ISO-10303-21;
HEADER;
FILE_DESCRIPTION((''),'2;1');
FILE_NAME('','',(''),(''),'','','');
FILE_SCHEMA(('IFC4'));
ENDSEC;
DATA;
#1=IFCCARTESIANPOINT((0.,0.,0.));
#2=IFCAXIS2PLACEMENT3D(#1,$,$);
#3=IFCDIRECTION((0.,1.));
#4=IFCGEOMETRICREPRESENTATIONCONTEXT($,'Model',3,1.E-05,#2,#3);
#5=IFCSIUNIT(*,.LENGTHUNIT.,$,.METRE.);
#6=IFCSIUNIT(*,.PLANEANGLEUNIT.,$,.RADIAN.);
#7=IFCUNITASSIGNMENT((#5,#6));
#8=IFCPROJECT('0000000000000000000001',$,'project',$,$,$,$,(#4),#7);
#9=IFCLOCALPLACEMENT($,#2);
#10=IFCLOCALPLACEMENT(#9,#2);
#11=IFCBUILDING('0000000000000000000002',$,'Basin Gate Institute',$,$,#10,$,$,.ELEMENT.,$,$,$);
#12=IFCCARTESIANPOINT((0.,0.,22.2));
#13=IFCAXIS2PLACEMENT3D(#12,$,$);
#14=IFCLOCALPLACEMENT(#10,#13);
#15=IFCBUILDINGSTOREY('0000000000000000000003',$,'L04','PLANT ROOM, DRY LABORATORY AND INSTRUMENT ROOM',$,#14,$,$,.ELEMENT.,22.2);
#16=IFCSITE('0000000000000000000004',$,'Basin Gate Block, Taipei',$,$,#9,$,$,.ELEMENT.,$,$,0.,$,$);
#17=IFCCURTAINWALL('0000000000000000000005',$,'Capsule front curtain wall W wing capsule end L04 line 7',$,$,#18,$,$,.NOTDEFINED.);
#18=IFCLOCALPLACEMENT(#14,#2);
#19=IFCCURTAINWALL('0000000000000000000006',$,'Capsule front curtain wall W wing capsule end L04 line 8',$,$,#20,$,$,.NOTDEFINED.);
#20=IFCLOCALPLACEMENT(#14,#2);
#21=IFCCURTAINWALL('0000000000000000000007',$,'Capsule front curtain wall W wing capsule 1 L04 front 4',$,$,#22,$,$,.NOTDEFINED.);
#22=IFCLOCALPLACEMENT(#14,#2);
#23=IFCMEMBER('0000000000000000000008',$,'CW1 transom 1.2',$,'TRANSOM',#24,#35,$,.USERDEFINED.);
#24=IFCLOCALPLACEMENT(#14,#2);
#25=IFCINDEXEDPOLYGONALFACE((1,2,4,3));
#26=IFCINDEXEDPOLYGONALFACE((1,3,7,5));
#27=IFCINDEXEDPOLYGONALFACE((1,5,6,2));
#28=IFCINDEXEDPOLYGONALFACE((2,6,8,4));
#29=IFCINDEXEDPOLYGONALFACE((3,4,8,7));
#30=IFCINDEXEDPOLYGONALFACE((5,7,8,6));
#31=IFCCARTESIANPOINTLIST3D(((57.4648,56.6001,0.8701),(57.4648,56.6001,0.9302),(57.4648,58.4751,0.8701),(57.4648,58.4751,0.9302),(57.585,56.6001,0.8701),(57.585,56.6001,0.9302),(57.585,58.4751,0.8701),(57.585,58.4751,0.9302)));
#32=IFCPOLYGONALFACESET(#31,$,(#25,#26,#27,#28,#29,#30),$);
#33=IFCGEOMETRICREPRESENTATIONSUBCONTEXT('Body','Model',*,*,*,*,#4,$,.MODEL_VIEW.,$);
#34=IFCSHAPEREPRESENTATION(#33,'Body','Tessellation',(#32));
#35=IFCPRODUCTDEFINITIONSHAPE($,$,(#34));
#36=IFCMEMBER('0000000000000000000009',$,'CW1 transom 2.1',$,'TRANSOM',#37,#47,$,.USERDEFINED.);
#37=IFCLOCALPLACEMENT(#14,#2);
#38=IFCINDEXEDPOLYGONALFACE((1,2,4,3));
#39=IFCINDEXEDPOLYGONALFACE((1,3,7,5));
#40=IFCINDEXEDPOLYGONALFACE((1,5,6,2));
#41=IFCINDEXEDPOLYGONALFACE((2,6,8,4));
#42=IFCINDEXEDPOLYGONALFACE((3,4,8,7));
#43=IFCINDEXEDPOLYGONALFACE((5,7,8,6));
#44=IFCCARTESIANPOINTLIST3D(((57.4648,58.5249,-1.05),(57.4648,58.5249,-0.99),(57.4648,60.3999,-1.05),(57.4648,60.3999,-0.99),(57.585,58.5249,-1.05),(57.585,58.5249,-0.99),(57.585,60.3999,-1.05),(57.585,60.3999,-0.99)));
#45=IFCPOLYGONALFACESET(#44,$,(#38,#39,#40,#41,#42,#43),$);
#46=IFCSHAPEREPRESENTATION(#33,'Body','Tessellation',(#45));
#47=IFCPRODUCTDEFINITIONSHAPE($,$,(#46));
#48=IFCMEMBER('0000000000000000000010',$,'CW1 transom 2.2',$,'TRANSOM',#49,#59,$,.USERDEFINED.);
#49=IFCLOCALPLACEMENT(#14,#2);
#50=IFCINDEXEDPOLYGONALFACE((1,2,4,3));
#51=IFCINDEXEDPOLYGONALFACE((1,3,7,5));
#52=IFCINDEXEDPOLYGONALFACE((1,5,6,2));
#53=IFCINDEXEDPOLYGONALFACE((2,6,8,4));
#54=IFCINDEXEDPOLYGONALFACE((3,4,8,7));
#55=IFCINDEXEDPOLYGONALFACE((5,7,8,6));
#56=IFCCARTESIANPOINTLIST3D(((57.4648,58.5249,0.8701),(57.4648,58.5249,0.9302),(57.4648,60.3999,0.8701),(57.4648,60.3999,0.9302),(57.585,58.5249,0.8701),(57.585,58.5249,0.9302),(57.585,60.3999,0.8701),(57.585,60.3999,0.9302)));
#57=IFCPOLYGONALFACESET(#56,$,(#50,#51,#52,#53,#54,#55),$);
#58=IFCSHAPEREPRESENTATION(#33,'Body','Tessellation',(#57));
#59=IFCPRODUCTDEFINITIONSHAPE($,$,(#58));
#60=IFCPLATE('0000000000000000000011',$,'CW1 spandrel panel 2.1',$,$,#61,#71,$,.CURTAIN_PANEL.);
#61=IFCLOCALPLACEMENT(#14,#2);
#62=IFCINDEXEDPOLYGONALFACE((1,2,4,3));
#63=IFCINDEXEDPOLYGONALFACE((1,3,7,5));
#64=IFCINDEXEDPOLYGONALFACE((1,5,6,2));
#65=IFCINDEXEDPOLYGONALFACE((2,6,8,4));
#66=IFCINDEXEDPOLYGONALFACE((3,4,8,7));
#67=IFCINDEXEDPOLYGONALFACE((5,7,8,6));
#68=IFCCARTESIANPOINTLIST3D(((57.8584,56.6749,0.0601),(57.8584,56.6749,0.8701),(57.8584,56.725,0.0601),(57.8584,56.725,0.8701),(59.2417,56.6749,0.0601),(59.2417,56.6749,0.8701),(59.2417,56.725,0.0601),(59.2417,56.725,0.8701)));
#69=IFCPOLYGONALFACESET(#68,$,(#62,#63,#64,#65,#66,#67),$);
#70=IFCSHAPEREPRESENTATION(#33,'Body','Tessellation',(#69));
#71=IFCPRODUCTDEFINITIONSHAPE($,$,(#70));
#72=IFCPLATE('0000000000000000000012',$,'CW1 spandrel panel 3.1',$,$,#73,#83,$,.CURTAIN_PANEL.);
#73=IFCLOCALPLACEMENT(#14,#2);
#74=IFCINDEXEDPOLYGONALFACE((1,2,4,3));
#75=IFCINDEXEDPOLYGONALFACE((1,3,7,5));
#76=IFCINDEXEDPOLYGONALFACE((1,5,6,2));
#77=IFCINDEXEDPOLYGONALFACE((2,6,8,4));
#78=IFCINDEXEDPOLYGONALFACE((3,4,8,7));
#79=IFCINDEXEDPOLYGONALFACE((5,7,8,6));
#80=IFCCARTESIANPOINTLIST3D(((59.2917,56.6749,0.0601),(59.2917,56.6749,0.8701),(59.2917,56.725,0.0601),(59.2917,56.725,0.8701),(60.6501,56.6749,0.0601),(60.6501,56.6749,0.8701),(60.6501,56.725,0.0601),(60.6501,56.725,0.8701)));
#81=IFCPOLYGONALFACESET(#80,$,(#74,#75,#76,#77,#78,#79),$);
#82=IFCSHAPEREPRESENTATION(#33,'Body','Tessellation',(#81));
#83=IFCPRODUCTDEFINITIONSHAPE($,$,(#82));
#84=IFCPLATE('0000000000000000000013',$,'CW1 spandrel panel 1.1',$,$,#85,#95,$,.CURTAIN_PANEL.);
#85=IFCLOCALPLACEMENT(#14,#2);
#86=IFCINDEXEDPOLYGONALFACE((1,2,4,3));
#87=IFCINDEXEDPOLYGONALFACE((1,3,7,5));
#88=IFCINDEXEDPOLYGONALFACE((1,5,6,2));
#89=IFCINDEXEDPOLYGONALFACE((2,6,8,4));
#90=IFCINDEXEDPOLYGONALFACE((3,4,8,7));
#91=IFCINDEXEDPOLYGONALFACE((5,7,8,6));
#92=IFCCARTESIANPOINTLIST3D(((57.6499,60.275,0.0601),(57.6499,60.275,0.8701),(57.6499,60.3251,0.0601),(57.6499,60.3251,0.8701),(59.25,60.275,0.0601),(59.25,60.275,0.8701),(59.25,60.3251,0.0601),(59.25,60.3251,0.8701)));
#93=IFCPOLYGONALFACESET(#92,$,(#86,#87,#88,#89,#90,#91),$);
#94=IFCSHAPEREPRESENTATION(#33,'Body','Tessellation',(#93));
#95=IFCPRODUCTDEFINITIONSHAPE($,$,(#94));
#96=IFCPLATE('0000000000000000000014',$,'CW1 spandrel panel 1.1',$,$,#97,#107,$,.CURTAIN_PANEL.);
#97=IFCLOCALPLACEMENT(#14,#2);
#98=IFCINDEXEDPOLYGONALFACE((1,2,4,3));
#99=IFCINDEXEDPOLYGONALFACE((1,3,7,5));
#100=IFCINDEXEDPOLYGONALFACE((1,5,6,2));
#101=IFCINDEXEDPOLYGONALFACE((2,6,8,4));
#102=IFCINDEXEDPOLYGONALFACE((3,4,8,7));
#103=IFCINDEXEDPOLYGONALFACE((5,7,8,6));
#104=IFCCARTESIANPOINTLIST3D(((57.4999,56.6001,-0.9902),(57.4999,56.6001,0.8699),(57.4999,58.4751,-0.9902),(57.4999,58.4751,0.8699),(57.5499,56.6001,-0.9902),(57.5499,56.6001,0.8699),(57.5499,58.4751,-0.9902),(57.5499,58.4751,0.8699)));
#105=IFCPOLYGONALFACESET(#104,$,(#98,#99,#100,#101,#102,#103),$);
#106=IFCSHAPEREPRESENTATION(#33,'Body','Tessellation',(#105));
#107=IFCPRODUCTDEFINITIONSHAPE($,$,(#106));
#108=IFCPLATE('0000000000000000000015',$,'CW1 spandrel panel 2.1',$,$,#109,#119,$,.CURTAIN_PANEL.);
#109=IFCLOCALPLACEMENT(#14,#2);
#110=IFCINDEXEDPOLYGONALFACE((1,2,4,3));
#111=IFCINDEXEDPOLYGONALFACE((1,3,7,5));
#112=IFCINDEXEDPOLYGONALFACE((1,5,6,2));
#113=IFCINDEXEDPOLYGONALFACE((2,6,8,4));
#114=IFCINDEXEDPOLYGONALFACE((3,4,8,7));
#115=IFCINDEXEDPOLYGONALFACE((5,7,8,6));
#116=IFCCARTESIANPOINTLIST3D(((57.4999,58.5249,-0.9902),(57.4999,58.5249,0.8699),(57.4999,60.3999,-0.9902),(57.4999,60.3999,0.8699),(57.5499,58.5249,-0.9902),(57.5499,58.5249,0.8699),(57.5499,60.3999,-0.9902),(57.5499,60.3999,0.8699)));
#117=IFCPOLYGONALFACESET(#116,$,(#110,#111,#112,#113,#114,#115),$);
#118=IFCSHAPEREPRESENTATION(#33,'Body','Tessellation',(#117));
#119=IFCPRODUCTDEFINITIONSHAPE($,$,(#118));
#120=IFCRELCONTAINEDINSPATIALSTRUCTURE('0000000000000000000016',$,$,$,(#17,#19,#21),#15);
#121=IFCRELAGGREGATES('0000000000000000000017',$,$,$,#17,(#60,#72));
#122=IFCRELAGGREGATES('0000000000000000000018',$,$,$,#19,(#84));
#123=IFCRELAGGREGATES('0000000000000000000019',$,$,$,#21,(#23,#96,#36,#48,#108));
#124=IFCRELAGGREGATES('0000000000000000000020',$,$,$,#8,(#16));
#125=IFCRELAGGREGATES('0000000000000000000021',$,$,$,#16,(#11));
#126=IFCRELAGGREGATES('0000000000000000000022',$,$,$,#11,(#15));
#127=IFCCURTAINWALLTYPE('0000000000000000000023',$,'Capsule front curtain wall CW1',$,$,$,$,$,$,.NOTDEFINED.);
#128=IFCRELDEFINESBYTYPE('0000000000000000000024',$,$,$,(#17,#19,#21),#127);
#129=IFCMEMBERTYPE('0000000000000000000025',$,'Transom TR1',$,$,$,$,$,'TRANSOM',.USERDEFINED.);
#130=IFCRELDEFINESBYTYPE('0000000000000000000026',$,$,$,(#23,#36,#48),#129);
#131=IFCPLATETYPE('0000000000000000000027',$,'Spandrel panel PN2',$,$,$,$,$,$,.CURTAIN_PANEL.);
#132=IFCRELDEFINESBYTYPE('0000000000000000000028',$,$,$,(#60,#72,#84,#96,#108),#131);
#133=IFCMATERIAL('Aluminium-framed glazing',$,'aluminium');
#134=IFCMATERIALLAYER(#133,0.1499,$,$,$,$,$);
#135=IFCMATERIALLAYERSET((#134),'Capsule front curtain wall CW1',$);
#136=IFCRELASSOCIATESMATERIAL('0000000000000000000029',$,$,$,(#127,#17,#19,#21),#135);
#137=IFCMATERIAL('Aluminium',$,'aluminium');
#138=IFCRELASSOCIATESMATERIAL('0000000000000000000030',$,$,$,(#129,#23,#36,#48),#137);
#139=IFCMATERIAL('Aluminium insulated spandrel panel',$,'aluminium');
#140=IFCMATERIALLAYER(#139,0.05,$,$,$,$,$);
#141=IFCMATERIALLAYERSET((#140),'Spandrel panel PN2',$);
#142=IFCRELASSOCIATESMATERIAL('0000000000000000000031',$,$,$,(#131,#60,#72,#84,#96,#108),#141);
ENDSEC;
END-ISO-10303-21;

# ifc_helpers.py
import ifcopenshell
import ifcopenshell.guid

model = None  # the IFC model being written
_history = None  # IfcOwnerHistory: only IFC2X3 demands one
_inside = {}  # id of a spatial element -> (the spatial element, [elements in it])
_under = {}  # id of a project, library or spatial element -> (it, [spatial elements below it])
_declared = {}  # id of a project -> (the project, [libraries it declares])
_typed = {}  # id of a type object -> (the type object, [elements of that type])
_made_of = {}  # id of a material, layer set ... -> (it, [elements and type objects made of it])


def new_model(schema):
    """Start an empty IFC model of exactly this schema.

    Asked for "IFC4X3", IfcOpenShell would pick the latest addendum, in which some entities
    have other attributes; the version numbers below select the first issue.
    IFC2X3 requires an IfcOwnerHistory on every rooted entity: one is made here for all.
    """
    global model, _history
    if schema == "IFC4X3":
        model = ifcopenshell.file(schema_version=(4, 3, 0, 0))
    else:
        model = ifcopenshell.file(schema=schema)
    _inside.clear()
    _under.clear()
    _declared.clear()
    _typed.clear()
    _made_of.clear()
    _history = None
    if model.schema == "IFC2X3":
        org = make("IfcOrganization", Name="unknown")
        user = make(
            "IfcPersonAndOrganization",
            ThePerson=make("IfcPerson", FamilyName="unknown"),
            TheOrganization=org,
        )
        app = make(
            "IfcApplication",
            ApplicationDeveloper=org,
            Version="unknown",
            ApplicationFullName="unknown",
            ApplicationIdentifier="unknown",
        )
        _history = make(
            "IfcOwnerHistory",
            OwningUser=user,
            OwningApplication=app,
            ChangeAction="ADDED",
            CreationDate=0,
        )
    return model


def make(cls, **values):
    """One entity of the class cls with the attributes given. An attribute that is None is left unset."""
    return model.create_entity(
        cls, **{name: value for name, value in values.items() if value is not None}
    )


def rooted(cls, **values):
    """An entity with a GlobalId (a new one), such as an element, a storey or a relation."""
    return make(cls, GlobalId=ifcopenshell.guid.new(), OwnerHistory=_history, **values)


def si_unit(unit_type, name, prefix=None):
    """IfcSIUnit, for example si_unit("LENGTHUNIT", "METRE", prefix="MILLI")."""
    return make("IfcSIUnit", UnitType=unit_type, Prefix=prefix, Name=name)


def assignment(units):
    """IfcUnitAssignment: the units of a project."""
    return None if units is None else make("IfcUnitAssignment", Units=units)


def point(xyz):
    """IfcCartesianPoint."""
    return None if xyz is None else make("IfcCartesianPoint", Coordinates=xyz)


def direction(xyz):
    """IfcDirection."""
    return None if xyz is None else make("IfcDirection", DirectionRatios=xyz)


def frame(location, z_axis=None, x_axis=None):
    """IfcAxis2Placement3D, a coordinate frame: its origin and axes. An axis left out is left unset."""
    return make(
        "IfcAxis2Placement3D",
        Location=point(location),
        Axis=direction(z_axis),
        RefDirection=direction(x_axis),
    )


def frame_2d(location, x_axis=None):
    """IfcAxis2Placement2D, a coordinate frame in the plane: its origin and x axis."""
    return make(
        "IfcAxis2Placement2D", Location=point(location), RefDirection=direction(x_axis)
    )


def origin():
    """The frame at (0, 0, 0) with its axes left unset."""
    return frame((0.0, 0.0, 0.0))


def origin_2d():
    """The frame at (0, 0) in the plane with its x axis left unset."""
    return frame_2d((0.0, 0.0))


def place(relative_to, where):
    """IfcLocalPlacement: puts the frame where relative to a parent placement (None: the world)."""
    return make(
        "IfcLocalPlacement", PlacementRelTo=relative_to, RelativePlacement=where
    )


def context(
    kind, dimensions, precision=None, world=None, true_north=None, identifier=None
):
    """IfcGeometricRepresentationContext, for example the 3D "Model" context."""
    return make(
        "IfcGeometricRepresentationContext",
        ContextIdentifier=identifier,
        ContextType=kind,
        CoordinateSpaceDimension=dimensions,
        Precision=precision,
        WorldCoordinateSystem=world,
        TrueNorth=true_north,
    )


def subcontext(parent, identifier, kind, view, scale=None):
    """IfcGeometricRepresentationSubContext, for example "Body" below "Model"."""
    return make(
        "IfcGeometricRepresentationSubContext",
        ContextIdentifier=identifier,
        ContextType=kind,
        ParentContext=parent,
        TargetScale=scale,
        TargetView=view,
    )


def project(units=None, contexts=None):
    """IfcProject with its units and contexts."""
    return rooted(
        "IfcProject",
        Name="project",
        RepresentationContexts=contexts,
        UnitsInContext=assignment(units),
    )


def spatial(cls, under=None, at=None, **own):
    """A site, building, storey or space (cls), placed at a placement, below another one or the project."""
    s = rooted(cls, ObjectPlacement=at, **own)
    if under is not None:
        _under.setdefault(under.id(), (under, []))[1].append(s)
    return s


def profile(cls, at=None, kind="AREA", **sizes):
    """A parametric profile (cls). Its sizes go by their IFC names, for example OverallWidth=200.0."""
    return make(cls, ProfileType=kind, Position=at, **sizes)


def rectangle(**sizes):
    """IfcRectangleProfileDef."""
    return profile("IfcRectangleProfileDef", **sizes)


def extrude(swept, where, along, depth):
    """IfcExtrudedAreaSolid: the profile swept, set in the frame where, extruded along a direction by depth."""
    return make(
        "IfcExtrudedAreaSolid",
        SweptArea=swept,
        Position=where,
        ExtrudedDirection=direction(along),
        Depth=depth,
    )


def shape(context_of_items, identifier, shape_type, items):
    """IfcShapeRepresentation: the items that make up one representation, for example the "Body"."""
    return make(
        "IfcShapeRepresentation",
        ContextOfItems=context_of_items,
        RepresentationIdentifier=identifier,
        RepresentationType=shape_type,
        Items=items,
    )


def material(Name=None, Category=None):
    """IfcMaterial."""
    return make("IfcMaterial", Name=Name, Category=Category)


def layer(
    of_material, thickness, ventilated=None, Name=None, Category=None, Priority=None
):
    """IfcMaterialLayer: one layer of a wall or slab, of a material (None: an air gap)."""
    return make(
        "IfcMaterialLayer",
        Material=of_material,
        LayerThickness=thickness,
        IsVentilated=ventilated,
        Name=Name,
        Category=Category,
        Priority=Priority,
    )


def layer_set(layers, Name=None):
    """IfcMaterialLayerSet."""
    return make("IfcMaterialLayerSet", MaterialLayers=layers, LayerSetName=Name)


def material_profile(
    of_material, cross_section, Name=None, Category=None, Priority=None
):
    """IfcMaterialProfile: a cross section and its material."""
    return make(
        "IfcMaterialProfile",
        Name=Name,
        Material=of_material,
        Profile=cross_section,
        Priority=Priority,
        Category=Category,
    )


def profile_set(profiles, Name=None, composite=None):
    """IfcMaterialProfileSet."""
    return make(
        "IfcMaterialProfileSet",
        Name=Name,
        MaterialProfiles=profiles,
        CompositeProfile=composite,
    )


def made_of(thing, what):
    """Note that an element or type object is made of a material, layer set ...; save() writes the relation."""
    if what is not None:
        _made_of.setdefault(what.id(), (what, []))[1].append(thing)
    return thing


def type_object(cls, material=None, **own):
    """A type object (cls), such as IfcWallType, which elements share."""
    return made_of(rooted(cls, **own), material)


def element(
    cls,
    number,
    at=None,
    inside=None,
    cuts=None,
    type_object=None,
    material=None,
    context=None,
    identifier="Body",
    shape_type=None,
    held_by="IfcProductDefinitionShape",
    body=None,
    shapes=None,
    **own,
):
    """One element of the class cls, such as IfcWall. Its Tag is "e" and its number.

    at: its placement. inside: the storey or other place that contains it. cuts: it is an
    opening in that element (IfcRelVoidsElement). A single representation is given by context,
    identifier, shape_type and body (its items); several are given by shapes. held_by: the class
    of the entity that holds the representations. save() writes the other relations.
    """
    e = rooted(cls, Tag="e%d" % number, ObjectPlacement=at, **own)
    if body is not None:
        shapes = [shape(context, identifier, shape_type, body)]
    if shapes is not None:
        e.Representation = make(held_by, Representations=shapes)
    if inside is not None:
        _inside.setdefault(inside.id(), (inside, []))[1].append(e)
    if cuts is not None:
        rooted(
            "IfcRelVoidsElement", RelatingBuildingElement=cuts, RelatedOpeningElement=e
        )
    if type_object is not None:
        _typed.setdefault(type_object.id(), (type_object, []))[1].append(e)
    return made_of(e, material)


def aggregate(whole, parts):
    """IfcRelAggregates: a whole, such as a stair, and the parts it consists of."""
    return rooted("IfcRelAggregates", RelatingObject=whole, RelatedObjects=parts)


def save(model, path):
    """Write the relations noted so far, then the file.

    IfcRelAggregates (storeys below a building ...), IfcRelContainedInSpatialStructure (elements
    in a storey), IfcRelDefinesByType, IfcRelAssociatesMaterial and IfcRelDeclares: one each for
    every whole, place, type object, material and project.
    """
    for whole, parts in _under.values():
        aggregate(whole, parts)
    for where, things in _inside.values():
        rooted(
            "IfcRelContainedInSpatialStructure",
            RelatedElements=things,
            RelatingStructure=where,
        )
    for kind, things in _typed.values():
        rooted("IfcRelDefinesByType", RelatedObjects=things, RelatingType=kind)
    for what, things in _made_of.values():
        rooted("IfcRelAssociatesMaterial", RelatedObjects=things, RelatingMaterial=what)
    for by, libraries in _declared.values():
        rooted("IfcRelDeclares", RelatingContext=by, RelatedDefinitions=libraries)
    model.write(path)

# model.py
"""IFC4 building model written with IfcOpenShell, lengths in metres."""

from ifc_helpers import new_model, si_unit, direction, frame, origin, origin_2d, place, context, subcontext, project, spatial, rectangle, extrude, material, layer, layer_set, material_profile, profile_set, type_object, element, aggregate, save


model = new_model("IFC4")

# Units and contexts
model_context = context("Model", 3, precision=1e-05, world=origin(), true_north=direction((0.0, 1.0)))
body_context = subcontext(model_context, "Body", "Model", "MODEL_VIEW")
ifc_project = project(units=[si_unit("LENGTHUNIT", "METRE"), si_unit("PLANEANGLEUNIT", "RADIAN")], contexts=[model_context])

# Site, building, storey
site_placement = place(None, origin())
site = spatial("IfcSite", under=ifc_project, at=site_placement, Name="Basin Gate Block, Taipei", CompositionType="ELEMENT", RefElevation=0.0)
building_placement = place(site_placement, origin())
building = spatial("IfcBuilding", under=site, at=building_placement, Name="Basin Gate Institute", CompositionType="ELEMENT")
storey_placement = place(building_placement, frame((0.0, 0.0, 22.2)))
storey = spatial("IfcBuildingStorey", under=building, at=storey_placement, Name="L04", Description="PLANT ROOM, DRY LABORATORY AND INSTRUMENT ROOM", CompositionType="ELEMENT", Elevation=22.2)

# Curtain wall
ifc_material_1 = material(Name="Aluminium-framed glazing", Category="aluminium")
ifc_layer_1 = layer(ifc_material_1, 0.1499)
ifc_layer_set_1 = layer_set([ifc_layer_1], Name="Capsule front curtain wall CW1")
curtain_wall_type = type_object("IfcCurtainWallType", Name="Capsule front curtain wall CW1", PredefinedType="NOTDEFINED", material=ifc_layer_set_1)
curtain_wall_1_placement = place(storey_placement, origin())
curtain_wall_1 = element("IfcCurtainWall", 1, at=curtain_wall_1_placement, inside=storey, type_object=curtain_wall_type, material=ifc_layer_set_1, Name="Capsule front curtain wall W wing capsule end L04 line 7", PredefinedType="NOTDEFINED")

# Curtain walls
curtain_wall_2_placement = place(storey_placement, origin())
curtain_wall_2 = element("IfcCurtainWall", 2, at=curtain_wall_2_placement, inside=storey, type_object=curtain_wall_type, material=ifc_layer_set_1, Name="Capsule front curtain wall W wing capsule end L04 line 8", PredefinedType="NOTDEFINED")
curtain_wall_3_placement = place(storey_placement, origin())
curtain_wall_3 = element("IfcCurtainWall", 3, at=curtain_wall_3_placement, inside=storey, type_object=curtain_wall_type, material=ifc_layer_set_1, Name="Capsule front curtain wall W wing capsule 1 L04 front 4", PredefinedType="NOTDEFINED")

# Members
ifc_material_2 = material(Name="Aluminium", Category="aluminium")
ifc_material_profile_1 = material_profile(ifc_material_2, rectangle(XDim=0.1201, YDim=0.0601, at=origin_2d()), Name="Transom TR1 120 x 60")
ifc_profile_set_1 = profile_set([ifc_material_profile_1], Name="Aluminium")
member_type_1 = type_object("IfcMemberType", Name="Transom TR1", ElementType="TRANSOM", PredefinedType="USERDEFINED", material=ifc_profile_set_1)
member_1_placement = place(storey_placement, frame((57.5249, 56.6001, 0.9001), z_axis=(0.0, 1.0, 0.0), x_axis=(-1.0, 0.0, 0.0)))
member_1 = element("IfcMember", 4, at=member_1_placement, type_object=member_type_1, material=ifc_profile_set_1, Name="CW1 transom 1.2", ObjectType="TRANSOM", PredefinedType="USERDEFINED", context=body_context, shape_type="SweptSolid", body=[
    extrude(rectangle(XDim=0.1201, YDim=0.0601, at=origin_2d()), origin(), (0.0, 0.0, 1.0), 1.875),
])
member_2_placement = place(storey_placement, frame((57.5249, 58.5249, -1.02), z_axis=(0.0, 1.0, 0.0), x_axis=(-1.0, 0.0, 0.0)))
member_2 = element("IfcMember", 5, at=member_2_placement, type_object=member_type_1, material=ifc_profile_set_1, Name="CW1 transom 2.1", ObjectType="TRANSOM", PredefinedType="USERDEFINED", context=body_context, shape_type="SweptSolid", body=[
    extrude(rectangle(XDim=0.1201, YDim=0.0601, at=origin_2d()), origin(), (0.0, 0.0, 1.0), 1.875),
])
member_3_placement = place(storey_placement, frame((57.5249, 58.5249, 0.9001), z_axis=(0.0, 1.0, 0.0), x_axis=(-1.0, 0.0, 0.0)))
member_3 = element("IfcMember", 6, at=member_3_placement, type_object=member_type_1, material=ifc_profile_set_1, Name="CW1 transom 2.2", ObjectType="TRANSOM", PredefinedType="USERDEFINED", context=body_context, shape_type="SweptSolid", body=[
    extrude(rectangle(XDim=0.1201, YDim=0.0601, at=origin_2d()), origin(), (0.0, 0.0, 1.0), 1.875),
])

# Plates
ifc_material_3 = material(Name="Aluminium insulated spandrel panel", Category="aluminium")
ifc_layer_2 = layer(ifc_material_3, 0.05)
ifc_layer_set_2 = layer_set([ifc_layer_2], Name="Spandrel panel PN2")
plate_type = type_object("IfcPlateType", Name="Spandrel panel PN2", PredefinedType="CURTAIN_PANEL", material=ifc_layer_set_2)
plate_1_placement = place(storey_placement, frame((58.55, 56.7, 0.0601), z_axis=(0.0, 0.0, 1.0), x_axis=(1.0, 0.0, 0.0)))
plate_1 = element("IfcPlate", 7, at=plate_1_placement, type_object=plate_type, material=ifc_layer_set_2, Name="CW1 spandrel panel 2.1", PredefinedType="CURTAIN_PANEL", context=body_context, shape_type="SweptSolid", body=[
    extrude(rectangle(XDim=1.3833, YDim=0.05, at=origin_2d()), origin(), (0.0, 0.0, 1.0), 0.8101),
])
plate_2_placement = place(storey_placement, frame((59.9709, 56.7, 0.0601), z_axis=(0.0, 0.0, 1.0), x_axis=(1.0, 0.0, 0.0)))
plate_2 = element("IfcPlate", 8, at=plate_2_placement, type_object=plate_type, material=ifc_layer_set_2, Name="CW1 spandrel panel 3.1", PredefinedType="CURTAIN_PANEL", context=body_context, shape_type="SweptSolid", body=[
    extrude(rectangle(XDim=1.3584, YDim=0.05, at=origin_2d()), origin(), (0.0, 0.0, 1.0), 0.8101),
])
aggregate(curtain_wall_1, [plate_1, plate_2])
plate_3_placement = place(storey_placement, frame((58.45, 60.3, 0.0601), z_axis=(0.0, 0.0, 1.0), x_axis=(1.0, 0.0, 0.0)))
plate_3 = element("IfcPlate", 9, at=plate_3_placement, type_object=plate_type, material=ifc_layer_set_2, Name="CW1 spandrel panel 1.1", PredefinedType="CURTAIN_PANEL", context=body_context, shape_type="SweptSolid", body=[
    extrude(rectangle(XDim=1.6001, YDim=0.05, at=origin_2d()), origin(), (0.0, 0.0, 1.0), 0.8101),
])
aggregate(curtain_wall_2, [plate_3])
plate_4_placement = place(storey_placement, frame((57.5249, 57.5376, -0.9902), z_axis=(0.0, 0.0, 1.0), x_axis=(0.0, 1.0, 0.0)))
plate_4 = element("IfcPlate", 10, at=plate_4_placement, type_object=plate_type, material=ifc_layer_set_2, Name="CW1 spandrel panel 1.1", PredefinedType="CURTAIN_PANEL", context=body_context, shape_type="SweptSolid", body=[
    extrude(rectangle(XDim=1.875, YDim=0.05, at=origin_2d()), origin(), (0.0, 0.0, 1.0), 1.8601),
])
plate_5_placement = place(storey_placement, frame((57.5249, 59.4624, -0.9902), z_axis=(0.0, 0.0, 1.0), x_axis=(0.0, 1.0, 0.0)))
plate_5 = element("IfcPlate", 11, at=plate_5_placement, type_object=plate_type, material=ifc_layer_set_2, Name="CW1 spandrel panel 2.1", PredefinedType="CURTAIN_PANEL", context=body_context, shape_type="SweptSolid", body=[
    extrude(rectangle(XDim=1.875, YDim=0.05, at=origin_2d()), origin(), (0.0, 0.0, 1.0), 1.8601),
])
aggregate(curtain_wall_3, [member_1, plate_4, member_2, member_3, plate_5])

save(model, "model.ifc")
